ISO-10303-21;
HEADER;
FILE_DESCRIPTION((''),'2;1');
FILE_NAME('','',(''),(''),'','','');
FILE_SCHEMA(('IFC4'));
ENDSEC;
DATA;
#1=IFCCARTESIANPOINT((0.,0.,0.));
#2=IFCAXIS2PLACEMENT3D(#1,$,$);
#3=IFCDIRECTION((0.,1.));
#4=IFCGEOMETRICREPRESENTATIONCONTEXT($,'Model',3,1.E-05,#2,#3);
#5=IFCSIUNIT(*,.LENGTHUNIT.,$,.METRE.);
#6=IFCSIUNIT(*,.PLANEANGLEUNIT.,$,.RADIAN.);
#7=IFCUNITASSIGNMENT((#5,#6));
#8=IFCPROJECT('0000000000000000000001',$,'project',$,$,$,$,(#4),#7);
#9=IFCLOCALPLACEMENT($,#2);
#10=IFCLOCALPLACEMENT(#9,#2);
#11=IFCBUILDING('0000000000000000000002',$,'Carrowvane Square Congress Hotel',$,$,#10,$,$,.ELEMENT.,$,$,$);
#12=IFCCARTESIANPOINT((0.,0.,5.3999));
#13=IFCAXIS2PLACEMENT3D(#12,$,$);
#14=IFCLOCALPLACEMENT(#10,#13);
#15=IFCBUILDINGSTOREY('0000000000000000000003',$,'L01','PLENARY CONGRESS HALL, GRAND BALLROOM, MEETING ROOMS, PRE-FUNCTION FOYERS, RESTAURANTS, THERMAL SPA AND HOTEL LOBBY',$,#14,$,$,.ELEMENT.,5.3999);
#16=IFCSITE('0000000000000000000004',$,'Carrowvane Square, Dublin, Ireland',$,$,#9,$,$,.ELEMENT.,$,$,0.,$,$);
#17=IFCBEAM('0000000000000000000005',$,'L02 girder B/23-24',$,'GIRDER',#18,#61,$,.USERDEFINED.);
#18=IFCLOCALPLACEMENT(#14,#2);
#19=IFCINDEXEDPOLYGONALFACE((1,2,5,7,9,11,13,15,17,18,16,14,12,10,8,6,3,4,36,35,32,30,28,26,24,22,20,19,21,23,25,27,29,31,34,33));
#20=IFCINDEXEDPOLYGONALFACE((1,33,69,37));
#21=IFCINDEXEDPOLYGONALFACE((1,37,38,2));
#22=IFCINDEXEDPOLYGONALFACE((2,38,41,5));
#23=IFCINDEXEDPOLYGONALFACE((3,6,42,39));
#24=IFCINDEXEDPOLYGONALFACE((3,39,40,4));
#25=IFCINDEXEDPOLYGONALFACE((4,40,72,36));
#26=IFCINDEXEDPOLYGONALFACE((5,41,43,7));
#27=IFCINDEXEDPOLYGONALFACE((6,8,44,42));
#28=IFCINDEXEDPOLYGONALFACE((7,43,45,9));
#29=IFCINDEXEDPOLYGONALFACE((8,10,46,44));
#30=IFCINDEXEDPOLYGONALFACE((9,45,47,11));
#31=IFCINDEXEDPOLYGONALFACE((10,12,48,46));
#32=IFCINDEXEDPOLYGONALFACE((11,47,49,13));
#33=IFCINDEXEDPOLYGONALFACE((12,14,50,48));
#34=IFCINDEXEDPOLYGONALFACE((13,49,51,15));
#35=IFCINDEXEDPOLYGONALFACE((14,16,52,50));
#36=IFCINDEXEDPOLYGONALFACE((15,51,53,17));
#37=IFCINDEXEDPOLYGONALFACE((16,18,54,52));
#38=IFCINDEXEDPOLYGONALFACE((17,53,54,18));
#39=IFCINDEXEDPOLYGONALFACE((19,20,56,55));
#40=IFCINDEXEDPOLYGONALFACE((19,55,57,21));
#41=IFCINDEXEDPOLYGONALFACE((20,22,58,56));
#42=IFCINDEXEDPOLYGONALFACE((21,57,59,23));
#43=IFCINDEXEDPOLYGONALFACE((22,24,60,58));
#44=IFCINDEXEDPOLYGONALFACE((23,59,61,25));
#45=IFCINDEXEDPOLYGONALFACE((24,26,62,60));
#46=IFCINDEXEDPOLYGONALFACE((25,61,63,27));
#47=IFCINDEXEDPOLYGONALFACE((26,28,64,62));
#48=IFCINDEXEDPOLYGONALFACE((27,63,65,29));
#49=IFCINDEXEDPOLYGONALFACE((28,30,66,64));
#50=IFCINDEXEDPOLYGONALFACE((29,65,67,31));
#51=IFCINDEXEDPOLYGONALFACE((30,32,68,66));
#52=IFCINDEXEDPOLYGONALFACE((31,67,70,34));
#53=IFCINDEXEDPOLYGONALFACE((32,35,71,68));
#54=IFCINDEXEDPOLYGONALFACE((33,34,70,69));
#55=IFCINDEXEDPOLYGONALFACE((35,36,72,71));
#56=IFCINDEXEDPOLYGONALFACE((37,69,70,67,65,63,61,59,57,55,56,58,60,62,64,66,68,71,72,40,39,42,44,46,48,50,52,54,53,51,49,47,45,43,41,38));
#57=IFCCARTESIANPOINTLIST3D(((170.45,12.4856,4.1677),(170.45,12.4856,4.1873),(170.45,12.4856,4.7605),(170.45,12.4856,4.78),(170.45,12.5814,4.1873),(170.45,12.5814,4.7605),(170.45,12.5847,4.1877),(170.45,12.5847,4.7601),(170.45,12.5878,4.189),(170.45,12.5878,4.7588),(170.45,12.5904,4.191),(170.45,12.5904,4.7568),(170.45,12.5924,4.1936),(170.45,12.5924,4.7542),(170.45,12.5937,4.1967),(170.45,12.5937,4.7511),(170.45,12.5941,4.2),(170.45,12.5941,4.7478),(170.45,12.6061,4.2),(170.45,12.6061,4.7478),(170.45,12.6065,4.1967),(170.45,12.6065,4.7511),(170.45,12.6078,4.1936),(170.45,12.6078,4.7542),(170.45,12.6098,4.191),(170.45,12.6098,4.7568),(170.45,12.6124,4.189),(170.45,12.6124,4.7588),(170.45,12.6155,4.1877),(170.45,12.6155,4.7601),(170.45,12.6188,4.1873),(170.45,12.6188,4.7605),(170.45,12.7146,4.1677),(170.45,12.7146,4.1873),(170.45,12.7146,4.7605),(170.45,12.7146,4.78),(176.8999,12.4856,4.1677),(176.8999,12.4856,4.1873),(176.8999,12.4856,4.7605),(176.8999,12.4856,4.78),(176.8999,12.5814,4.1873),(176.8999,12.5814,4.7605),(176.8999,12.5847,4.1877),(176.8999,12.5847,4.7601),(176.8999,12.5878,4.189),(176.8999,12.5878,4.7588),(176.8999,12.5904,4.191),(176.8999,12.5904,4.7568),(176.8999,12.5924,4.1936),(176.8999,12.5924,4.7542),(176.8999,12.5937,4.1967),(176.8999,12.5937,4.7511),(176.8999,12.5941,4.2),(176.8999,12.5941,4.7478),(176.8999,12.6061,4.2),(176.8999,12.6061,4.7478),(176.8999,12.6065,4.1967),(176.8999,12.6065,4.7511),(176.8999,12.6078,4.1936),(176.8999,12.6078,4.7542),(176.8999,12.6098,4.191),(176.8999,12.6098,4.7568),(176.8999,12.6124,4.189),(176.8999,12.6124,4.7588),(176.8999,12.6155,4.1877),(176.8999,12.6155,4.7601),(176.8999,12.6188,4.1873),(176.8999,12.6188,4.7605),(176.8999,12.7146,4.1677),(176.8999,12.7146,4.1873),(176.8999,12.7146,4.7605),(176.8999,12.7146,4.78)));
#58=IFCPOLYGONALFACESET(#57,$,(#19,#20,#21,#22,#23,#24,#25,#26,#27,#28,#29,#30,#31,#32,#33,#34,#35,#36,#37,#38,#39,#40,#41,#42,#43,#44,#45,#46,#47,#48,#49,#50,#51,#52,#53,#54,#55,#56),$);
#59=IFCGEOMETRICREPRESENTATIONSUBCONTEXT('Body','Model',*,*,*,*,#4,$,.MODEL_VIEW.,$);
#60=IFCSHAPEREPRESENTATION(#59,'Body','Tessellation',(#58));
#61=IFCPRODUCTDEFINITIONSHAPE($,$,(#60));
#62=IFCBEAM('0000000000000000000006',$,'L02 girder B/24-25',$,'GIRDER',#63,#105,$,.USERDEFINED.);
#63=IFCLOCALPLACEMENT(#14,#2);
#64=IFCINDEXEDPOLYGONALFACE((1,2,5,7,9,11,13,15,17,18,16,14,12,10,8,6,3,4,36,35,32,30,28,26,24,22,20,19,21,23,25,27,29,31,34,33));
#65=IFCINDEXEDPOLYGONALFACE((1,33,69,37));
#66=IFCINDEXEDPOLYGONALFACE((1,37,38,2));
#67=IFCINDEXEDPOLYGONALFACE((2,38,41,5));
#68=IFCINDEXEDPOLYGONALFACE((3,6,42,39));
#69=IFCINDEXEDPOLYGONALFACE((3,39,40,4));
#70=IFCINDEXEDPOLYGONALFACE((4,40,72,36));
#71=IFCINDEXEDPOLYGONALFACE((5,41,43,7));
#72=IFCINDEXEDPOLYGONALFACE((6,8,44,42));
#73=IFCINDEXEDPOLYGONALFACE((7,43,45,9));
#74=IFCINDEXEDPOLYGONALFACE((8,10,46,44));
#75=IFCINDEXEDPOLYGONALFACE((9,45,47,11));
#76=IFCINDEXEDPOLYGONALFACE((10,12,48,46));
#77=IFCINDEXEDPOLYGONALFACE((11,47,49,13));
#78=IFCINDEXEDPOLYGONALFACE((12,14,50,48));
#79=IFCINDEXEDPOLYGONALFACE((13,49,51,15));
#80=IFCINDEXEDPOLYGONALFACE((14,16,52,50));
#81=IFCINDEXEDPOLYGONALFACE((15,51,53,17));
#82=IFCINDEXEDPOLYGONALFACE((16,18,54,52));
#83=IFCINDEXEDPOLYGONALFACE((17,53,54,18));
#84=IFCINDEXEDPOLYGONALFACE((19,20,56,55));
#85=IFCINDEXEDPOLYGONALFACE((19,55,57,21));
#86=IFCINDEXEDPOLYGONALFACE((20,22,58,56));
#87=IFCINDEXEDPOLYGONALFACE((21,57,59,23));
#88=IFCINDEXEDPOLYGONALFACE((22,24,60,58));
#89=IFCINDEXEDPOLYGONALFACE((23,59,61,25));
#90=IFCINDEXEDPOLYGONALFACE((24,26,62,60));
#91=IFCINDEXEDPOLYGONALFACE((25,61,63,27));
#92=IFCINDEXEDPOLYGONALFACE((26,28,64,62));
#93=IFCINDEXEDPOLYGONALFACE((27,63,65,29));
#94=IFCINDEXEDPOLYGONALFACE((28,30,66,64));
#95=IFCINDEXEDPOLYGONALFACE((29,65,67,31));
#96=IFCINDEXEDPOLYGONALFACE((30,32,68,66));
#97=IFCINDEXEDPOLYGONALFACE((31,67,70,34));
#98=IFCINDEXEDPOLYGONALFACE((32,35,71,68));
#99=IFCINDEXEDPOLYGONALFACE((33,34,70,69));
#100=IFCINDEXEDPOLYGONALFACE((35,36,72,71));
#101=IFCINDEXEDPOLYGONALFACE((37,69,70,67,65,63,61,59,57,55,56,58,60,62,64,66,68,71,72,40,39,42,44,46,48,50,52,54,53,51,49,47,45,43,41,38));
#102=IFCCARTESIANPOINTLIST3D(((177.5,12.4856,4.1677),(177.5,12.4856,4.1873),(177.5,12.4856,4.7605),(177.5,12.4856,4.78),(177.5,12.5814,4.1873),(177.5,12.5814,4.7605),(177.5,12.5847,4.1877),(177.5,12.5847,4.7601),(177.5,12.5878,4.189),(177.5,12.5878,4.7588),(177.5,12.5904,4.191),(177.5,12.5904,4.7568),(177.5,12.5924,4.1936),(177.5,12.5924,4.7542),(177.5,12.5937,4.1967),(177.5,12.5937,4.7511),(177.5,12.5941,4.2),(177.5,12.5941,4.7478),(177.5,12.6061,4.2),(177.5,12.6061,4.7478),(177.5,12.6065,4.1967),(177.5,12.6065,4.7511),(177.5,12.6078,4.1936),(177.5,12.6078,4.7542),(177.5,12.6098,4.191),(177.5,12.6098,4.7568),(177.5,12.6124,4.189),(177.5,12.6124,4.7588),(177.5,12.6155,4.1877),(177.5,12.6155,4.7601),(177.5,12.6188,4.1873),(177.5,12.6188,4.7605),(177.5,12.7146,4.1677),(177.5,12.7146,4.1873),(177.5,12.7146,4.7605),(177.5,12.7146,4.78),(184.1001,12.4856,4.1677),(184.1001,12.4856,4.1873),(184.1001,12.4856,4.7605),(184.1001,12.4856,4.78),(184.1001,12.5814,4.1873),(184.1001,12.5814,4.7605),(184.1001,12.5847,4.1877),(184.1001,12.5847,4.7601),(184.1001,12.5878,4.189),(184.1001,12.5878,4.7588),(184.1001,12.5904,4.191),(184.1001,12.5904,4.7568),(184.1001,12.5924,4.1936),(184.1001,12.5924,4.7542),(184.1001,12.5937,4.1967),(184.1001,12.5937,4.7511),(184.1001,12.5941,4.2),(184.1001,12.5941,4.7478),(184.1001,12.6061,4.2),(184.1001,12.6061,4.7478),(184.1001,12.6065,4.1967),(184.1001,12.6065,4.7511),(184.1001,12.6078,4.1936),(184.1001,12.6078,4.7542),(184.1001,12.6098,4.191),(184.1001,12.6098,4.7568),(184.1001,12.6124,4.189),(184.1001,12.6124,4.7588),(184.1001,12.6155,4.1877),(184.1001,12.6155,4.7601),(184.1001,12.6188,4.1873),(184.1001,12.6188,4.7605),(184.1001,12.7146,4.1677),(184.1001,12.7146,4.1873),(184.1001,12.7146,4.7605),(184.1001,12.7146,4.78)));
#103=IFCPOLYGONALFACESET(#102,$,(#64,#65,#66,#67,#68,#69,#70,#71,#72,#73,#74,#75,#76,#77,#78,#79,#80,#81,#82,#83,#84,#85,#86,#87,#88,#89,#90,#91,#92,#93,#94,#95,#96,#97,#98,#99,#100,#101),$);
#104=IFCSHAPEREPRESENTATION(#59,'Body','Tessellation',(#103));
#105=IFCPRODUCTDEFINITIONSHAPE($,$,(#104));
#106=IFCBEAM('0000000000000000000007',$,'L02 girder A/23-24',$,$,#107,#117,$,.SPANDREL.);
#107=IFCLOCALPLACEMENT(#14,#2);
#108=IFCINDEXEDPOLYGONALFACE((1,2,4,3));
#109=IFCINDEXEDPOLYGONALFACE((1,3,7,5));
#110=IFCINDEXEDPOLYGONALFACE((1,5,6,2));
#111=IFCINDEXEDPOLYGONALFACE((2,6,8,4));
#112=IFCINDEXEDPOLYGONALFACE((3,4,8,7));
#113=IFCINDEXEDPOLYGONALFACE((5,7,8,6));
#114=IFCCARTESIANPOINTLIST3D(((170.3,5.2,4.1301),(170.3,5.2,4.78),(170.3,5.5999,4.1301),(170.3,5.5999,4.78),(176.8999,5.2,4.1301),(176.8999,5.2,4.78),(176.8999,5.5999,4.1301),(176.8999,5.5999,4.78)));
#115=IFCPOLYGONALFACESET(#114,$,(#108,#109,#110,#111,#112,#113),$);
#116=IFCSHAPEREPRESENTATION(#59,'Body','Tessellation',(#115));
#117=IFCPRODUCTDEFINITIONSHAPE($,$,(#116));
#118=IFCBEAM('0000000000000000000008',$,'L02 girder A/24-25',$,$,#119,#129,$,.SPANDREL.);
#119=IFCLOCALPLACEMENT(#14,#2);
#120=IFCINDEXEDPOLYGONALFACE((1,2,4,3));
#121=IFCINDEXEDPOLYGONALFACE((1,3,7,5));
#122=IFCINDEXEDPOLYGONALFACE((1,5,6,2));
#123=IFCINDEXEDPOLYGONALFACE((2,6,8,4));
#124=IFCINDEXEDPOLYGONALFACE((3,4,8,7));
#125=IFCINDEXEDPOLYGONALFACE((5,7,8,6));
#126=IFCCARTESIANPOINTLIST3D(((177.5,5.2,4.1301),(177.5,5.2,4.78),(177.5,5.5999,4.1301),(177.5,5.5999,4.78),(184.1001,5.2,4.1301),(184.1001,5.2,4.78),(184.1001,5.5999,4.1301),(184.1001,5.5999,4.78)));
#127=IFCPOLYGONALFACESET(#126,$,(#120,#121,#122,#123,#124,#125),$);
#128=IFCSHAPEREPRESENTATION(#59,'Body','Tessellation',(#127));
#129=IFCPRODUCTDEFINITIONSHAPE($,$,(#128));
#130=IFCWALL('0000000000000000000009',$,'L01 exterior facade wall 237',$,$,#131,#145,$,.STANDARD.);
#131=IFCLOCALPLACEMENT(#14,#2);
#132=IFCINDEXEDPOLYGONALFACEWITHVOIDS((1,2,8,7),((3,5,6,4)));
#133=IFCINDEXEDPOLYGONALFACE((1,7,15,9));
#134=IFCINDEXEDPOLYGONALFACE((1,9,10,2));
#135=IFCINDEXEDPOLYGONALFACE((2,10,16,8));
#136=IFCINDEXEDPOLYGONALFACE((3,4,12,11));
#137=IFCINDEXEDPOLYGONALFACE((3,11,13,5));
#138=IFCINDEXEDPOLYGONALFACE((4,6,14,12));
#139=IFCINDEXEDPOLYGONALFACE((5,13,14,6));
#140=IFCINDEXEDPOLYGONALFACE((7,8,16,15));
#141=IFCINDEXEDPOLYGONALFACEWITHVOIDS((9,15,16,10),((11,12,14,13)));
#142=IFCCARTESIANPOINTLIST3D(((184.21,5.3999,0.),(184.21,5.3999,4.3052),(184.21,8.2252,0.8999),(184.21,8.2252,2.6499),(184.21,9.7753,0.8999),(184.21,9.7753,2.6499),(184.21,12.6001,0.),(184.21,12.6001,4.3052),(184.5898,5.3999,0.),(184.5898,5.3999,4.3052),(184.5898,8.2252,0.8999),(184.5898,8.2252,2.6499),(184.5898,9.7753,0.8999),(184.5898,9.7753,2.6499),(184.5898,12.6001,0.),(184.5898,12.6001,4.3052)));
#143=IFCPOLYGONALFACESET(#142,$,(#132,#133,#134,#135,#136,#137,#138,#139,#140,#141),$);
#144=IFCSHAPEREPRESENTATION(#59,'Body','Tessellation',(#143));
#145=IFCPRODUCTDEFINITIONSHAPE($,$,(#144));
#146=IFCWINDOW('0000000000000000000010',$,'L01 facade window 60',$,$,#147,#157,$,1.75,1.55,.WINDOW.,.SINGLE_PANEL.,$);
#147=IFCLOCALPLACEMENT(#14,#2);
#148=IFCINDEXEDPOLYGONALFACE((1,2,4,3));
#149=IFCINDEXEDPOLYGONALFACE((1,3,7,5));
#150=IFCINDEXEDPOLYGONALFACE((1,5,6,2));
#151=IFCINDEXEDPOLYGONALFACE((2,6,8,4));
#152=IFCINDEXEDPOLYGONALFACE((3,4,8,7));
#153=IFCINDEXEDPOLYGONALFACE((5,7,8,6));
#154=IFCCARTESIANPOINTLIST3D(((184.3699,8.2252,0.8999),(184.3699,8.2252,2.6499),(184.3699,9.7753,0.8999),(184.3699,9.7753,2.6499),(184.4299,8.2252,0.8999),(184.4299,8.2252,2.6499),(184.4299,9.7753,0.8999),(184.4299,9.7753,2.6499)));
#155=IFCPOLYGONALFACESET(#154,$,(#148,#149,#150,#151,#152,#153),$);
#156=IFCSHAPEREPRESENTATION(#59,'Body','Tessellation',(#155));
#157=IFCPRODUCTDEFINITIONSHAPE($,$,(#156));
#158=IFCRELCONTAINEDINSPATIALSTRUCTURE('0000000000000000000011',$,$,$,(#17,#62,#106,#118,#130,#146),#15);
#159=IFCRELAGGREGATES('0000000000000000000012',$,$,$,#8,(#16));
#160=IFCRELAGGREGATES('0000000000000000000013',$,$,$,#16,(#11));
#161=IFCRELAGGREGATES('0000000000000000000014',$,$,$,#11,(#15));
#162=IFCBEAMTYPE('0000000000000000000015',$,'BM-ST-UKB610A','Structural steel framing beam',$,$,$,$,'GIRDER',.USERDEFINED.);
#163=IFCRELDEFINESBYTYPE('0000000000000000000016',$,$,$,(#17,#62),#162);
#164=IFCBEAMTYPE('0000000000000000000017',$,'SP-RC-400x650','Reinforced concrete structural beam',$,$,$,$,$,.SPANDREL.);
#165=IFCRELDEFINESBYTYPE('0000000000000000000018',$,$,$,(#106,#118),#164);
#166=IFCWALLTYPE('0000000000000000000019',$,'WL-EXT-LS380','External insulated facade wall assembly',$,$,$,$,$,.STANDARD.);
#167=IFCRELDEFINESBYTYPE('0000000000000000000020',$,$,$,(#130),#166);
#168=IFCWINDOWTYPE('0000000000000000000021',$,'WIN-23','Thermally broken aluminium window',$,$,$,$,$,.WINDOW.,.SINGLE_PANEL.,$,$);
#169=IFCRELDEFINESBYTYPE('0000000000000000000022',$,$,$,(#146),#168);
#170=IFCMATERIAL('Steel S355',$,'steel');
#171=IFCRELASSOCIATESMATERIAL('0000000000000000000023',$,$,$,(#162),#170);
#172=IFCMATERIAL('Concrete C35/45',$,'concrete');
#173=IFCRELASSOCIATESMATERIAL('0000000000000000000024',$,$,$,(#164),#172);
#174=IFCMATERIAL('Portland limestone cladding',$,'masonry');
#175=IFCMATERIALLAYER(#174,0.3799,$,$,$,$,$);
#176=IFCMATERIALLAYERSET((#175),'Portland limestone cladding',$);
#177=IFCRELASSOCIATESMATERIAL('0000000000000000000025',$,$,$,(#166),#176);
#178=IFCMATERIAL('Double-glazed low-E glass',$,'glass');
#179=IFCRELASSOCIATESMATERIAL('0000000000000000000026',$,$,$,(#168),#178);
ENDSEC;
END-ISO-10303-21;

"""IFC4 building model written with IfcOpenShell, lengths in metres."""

from ifc_helpers import new_model, si_unit, direction, frame, frame_2d, origin, origin_2d, place, context, subcontext, project, spatial, rectangle, i_section, extrude, material, layer, layer_set, material_profile, profile_set, type_object, element, fill, save


model = new_model("IFC4")

# Units and contexts
model_context = context("Model", 3, precision=1e-05, world=origin(), true_north=direction((0.0, 1.0)))
body_context = subcontext(model_context, "Body", "Model", "MODEL_VIEW")
ifc_project = project(units=[si_unit("LENGTHUNIT", "METRE"), si_unit("PLANEANGLEUNIT", "RADIAN")], contexts=[model_context])

# Site, building, storey
site_placement = place(None, origin())
site = spatial("IfcSite", under=ifc_project, at=site_placement, Name="Carrowvane Square, Dublin, Ireland", CompositionType="ELEMENT", RefElevation=0.0)
building_placement = place(site_placement, origin())
building = spatial("IfcBuilding", under=site, at=building_placement, Name="Carrowvane Square Congress Hotel", CompositionType="ELEMENT")
storey_placement = place(building_placement, frame((0.0, 0.0, 5.3999)))
storey = spatial("IfcBuildingStorey", under=building, at=storey_placement, Name="L01", Description="PLENARY CONGRESS HALL, GRAND BALLROOM, MEETING ROOMS, PRE-FUNCTION FOYERS, RESTAURANTS, THERMAL SPA AND HOTEL LOBBY", CompositionType="ELEMENT", Elevation=5.3999)

# Beams
ifc_material_1 = material(Name="Steel S355", Category="steel")
ifc_material_profile_1 = material_profile(ifc_material_1, i_section(OverallWidth=0.229, OverallDepth=0.6123, WebThickness=0.012, FlangeThickness=0.0195, FilletRadius=0.0127, at=origin_2d()), Name="UKB 610x229x125")
ifc_profile_set_1 = profile_set([ifc_material_profile_1], Name="Steel S355")
beam_type_1 = type_object("IfcBeamType", Name="BM-ST-UKB610A", Description="Structural steel framing beam", ElementType="GIRDER", PredefinedType="USERDEFINED", material=ifc_profile_set_1)
beam_1_placement = place(storey_placement, frame((170.45, 12.6001, 4.4739), z_axis=(1.0, 0.0, 0.0), x_axis=(0.0, 1.0, 0.0)))
element("IfcBeam", 1, at=beam_1_placement, inside=storey, type_object=beam_type_1, Name="L02 girder B/23-24", ObjectType="GIRDER", PredefinedType="USERDEFINED", context=body_context, shape_type="SweptSolid", body=[
    extrude(i_section(OverallWidth=0.229, OverallDepth=0.6123, WebThickness=0.012, FlangeThickness=0.0195, FilletRadius=0.0127, at=origin_2d()), origin(), (0.0, 0.0, 1.0), 6.45),
])
beam_2_placement = place(storey_placement, frame((177.5, 12.6001, 4.4739), z_axis=(1.0, 0.0, 0.0), x_axis=(0.0, 1.0, 0.0)))
element("IfcBeam", 2, at=beam_2_placement, inside=storey, type_object=beam_type_1, Name="L02 girder B/24-25", ObjectType="GIRDER", PredefinedType="USERDEFINED", context=body_context, shape_type="SweptSolid", body=[
    extrude(i_section(OverallWidth=0.229, OverallDepth=0.6123, WebThickness=0.012, FlangeThickness=0.0195, FilletRadius=0.0127, at=origin_2d()), origin(), (0.0, 0.0, 1.0), 6.6001),
])
ifc_material_2 = material(Name="Concrete C35/45", Category="concrete")
ifc_material_profile_2 = material_profile(ifc_material_2, rectangle(XDim=0.3999, YDim=0.6499, at=origin_2d()), Name="RC 400x650")
ifc_profile_set_2 = profile_set([ifc_material_profile_2], Name="Concrete C35/45")
beam_type_2 = type_object("IfcBeamType", Name="SP-RC-400x650", Description="Reinforced concrete structural beam", PredefinedType="SPANDREL", material=ifc_profile_set_2)
beam_3_placement = place(storey_placement, frame((170.3, 5.3999, 4.4551), z_axis=(1.0, 0.0, 0.0), x_axis=(0.0, 1.0, 0.0)))
element("IfcBeam", 3, at=beam_3_placement, inside=storey, type_object=beam_type_2, Name="L02 girder A/23-24", PredefinedType="SPANDREL", context=body_context, shape_type="SweptSolid", body=[
    extrude(rectangle(XDim=0.3999, YDim=0.6499, at=origin_2d()), origin(), (0.0, 0.0, 1.0), 6.5999),
])
beam_4_placement = place(storey_placement, frame((177.5, 5.3999, 4.4551), z_axis=(1.0, 0.0, 0.0), x_axis=(0.0, 1.0, 0.0)))
element("IfcBeam", 4, at=beam_4_placement, inside=storey, type_object=beam_type_2, Name="L02 girder A/24-25", PredefinedType="SPANDREL", context=body_context, shape_type="SweptSolid", body=[
    extrude(rectangle(XDim=0.3999, YDim=0.6499, at=origin_2d()), origin(), (0.0, 0.0, 1.0), 6.6001),
])

# Wall, opening, window
ifc_material_3 = material(Name="Portland limestone cladding", Category="masonry")
ifc_layer_1 = layer(ifc_material_3, 0.3799)
ifc_layer_set_1 = layer_set([ifc_layer_1], Name="Portland limestone cladding")
wall_type_1 = type_object("IfcWallType", Name="WL-EXT-LS380", Description="External insulated facade wall assembly", PredefinedType="STANDARD", material=ifc_layer_set_1)
wall_1_placement = place(storey_placement, frame((184.3999, 12.6001, 0.0), z_axis=(0.0, 0.0, 1.0), x_axis=(0.0, -1.0, 0.0)))
wall_1 = element("IfcWall", 5, at=wall_1_placement, inside=storey, type_object=wall_type_1, Name="L01 exterior facade wall 237", PredefinedType="STANDARD", context=body_context, shape_type="SweptSolid", body=[
    extrude(rectangle(XDim=7.2002, YDim=0.3799, at=frame_2d((3.6001, 0.0))), origin(), (0.0, 0.0, 1.0), 4.3052),
])
opening_1_placement = place(wall_1_placement, frame((2.825, 0.0, 0.8999)))
opening_1 = element("IfcOpeningElement", 6, at=opening_1_placement, cuts=wall_1, PredefinedType="OPENING", context=body_context, shape_type="SweptSolid", body=[
    extrude(rectangle(XDim=1.55, YDim=1.75, at=frame_2d((0.7749, 0.875))), frame((0.0, 0.2, 0.0), z_axis=(0.0, -1.0, 0.0), x_axis=(1.0, 0.0, 0.0)), (0.0, 0.0, 1.0), 0.3999),
])
ifc_material_4 = material(Name="Double-glazed low-E glass", Category="glass")
window_type_1 = type_object("IfcWindowType", Name="WIN-23", Description="Thermally broken aluminium window", PartitioningType="SINGLE_PANEL", PredefinedType="WINDOW", material=ifc_material_4)
window_1_placement = place(opening_1_placement, origin())
window_1 = element("IfcWindow", 7, at=window_1_placement, inside=storey, type_object=window_type_1, Name="L01 facade window 60", OverallHeight=1.75, OverallWidth=1.55, PartitioningType="SINGLE_PANEL", PredefinedType="WINDOW", context=body_context, shape_type="SweptSolid", body=[
    extrude(rectangle(XDim=1.55, YDim=1.75, at=frame_2d((0.7749, 0.875))), frame((0.0, 0.03, 0.0), z_axis=(0.0, -1.0, 0.0), x_axis=(1.0, 0.0, 0.0)), (0.0, 0.0, 1.0), 0.0601),
])
fill(opening_1, window_1)

save(model, "model.ifc")
